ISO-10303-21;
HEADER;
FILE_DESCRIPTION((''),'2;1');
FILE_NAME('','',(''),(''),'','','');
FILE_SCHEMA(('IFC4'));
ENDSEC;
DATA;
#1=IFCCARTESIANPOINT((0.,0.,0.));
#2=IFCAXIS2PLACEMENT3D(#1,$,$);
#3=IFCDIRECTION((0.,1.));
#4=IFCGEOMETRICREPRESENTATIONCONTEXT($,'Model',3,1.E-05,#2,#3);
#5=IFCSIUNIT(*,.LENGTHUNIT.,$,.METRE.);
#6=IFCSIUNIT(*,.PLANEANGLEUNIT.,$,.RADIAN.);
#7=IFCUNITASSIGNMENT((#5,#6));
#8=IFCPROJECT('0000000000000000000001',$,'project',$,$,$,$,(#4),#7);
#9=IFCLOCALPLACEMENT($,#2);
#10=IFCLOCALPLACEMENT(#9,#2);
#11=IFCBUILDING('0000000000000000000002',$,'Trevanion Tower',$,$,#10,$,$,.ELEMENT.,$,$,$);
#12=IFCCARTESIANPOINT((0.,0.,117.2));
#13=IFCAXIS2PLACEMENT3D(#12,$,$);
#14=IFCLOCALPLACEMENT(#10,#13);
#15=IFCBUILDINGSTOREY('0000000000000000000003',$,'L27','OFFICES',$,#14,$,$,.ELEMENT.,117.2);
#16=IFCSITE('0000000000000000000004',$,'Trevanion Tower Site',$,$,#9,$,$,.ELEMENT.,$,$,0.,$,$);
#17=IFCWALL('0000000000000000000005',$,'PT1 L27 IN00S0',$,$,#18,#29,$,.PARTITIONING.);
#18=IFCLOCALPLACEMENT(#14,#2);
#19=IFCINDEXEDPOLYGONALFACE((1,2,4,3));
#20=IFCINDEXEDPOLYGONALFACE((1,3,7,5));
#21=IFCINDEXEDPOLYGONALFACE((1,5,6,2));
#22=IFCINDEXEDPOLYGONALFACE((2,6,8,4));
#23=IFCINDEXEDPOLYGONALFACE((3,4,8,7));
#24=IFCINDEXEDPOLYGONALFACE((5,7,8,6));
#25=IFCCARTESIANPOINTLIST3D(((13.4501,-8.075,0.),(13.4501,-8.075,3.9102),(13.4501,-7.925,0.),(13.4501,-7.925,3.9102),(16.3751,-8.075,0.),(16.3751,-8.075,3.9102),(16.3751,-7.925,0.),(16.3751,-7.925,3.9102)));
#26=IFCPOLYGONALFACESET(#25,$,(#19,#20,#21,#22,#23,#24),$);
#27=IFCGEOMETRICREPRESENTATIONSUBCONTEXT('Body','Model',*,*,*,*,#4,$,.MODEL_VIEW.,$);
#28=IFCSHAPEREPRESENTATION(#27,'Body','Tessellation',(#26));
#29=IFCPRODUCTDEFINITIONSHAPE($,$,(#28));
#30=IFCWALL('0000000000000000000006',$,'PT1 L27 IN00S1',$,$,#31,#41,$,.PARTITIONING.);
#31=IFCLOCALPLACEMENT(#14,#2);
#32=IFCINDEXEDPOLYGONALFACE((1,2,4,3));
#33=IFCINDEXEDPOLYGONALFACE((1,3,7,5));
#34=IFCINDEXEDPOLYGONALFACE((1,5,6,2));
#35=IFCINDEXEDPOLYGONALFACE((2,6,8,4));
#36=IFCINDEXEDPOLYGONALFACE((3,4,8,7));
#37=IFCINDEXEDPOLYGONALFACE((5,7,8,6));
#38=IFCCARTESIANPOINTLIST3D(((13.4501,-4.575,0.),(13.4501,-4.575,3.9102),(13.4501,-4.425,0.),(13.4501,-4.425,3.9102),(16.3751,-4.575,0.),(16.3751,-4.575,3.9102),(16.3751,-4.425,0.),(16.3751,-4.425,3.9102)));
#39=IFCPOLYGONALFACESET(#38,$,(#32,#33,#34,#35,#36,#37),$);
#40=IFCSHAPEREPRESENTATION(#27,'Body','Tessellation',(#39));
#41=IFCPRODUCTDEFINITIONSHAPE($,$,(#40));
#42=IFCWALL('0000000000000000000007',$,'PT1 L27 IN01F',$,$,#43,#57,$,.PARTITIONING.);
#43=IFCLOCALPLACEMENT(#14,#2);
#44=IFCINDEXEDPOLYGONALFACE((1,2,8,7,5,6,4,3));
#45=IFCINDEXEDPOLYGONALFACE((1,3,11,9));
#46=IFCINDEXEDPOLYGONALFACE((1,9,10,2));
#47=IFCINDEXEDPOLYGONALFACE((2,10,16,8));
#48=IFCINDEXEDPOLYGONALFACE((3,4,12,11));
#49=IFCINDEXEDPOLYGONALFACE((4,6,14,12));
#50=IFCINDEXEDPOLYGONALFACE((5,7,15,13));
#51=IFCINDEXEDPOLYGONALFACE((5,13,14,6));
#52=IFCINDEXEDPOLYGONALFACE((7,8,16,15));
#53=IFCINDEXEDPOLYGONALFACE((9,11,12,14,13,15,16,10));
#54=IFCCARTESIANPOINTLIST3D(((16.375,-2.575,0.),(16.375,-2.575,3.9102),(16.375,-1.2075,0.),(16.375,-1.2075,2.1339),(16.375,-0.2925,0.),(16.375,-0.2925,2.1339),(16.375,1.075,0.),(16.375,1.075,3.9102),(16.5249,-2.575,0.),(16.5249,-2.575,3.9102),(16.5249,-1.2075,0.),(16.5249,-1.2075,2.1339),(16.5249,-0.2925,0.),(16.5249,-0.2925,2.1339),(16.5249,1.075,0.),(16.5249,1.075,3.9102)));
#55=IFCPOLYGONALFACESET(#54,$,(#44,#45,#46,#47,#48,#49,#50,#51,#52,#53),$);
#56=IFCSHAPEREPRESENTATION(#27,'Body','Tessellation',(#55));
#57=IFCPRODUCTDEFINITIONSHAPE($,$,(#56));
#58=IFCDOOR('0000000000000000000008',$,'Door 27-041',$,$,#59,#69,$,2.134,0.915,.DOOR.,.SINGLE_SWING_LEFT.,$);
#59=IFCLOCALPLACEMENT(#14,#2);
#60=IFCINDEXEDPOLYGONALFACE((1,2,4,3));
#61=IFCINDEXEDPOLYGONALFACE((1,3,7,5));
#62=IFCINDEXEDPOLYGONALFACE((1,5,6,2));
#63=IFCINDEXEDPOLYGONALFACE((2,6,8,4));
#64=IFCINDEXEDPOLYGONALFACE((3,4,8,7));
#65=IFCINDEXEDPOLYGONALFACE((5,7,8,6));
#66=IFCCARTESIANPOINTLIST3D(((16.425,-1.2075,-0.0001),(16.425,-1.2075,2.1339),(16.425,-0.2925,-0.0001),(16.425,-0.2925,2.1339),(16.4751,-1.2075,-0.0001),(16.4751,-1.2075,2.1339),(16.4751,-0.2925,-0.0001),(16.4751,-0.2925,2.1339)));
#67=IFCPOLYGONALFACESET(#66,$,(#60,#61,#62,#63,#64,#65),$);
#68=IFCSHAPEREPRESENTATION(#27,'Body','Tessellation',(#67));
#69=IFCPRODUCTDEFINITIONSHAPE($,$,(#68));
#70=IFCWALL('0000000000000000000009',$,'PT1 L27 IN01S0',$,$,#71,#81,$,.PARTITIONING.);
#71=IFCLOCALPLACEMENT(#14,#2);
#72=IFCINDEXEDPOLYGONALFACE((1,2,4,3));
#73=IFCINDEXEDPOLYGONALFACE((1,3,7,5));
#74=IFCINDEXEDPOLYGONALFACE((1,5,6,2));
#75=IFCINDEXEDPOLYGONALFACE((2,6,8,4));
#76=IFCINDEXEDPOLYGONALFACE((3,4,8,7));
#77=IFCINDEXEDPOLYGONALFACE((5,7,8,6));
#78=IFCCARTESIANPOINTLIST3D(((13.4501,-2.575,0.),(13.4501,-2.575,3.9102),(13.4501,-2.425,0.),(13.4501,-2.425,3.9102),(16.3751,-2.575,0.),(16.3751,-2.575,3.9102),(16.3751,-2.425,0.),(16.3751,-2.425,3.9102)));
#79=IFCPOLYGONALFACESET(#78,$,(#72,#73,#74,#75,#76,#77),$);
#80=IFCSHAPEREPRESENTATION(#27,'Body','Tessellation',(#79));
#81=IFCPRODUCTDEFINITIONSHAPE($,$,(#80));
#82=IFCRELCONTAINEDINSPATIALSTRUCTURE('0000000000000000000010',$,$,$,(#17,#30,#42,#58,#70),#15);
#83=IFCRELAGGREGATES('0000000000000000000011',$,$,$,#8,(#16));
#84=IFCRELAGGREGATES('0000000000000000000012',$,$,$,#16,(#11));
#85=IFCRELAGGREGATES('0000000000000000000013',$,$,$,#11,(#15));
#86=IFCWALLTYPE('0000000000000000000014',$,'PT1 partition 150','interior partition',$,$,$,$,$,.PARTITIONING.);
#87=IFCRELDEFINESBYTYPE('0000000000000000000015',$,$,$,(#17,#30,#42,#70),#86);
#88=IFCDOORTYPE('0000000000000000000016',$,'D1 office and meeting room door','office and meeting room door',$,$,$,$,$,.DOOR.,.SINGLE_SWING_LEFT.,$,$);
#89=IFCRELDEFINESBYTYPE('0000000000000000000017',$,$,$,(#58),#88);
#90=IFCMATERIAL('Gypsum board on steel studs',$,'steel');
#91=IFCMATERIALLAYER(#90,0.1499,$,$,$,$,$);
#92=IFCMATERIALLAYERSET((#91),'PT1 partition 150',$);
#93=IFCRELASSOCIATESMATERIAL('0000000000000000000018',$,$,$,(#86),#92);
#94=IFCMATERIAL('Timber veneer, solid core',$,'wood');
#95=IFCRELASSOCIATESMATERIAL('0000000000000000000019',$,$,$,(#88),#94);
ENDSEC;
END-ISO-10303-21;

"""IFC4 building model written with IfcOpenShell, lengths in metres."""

from ifc_helpers import new_model, si_unit, direction, frame, frame_2d, origin, place, context, subcontext, project, spatial, rectangle, extrude, material, layer, layer_set, type_object, element, fill, save


model = new_model("IFC4")

# Units and contexts
model_context = context("Model", 3, precision=1e-05, world=origin(), true_north=direction((0.0, 1.0)))
body_context = subcontext(model_context, "Body", "Model", "MODEL_VIEW")
ifc_project = project(units=[si_unit("LENGTHUNIT", "METRE"), si_unit("PLANEANGLEUNIT", "RADIAN")], contexts=[model_context])

# Site, building, storey
site_placement = place(None, origin())
site = spatial("IfcSite", under=ifc_project, at=site_placement, Name="Trevanion Tower Site", CompositionType="ELEMENT", RefElevation=0.0)
building_placement = place(site_placement, origin())
building = spatial("IfcBuilding", under=site, at=building_placement, Name="Trevanion Tower", CompositionType="ELEMENT")
storey_placement = place(building_placement, frame((0.0, 0.0, 117.2)))
storey = spatial("IfcBuildingStorey", under=building, at=storey_placement, Name="L27", Description="OFFICES", CompositionType="ELEMENT", Elevation=117.2)

# Shared definitions
ifc_material_1 = material(Name="Gypsum board on steel studs", Category="steel")
ifc_layer_1 = layer(ifc_material_1, 0.1499)
ifc_layer_set_1 = layer_set([ifc_layer_1], Name="PT1 partition 150")
wall_type = type_object("IfcWallType", Name="PT1 partition 150", Description="interior partition", PredefinedType="PARTITIONING", material=ifc_layer_set_1)
ifc_material_2 = material(Name="Timber veneer, solid core", Category="wood")
door_type = type_object("IfcDoorType", Name="D1 office and meeting room door", Description="office and meeting room door", OperationType="SINGLE_SWING_LEFT", PredefinedType="DOOR", material=ifc_material_2)

# Walls
for number, where, z_axis, x_axis, name in (
    (1, (16.375, -8.0, 0.0), (0.0, 0.0, 1.0), (-1.0, 0.0, 0.0), "PT1 L27 IN00S0"),
    (2, (16.375, -4.5, 0.0), (0.0, 0.0, 1.0), (-1.0, 0.0, 0.0), "PT1 L27 IN00S1"),
):
    element("IfcWall", number, at=place(storey_placement, frame(where, z_axis=z_axis, x_axis=x_axis)), inside=storey, type_object=wall_type, Name=name, PredefinedType="PARTITIONING", context=body_context, shape_type="SweptSolid", body=[
        extrude(rectangle(XDim=2.925, YDim=0.1499, at=frame_2d((1.4624, 0.0))), origin(), (0.0, 0.0, 1.0), 3.9102),
    ])

# Wall, opening, door
wall_1_placement = place(storey_placement, frame((16.45, -2.575, 0.0), z_axis=(0.0, 0.0, 1.0), x_axis=(0.0, 1.0, 0.0)))
wall_1 = element("IfcWall", 3, at=wall_1_placement, inside=storey, type_object=wall_type, Name="PT1 L27 IN01F", PredefinedType="PARTITIONING", context=body_context, shape_type="SweptSolid", body=[
    extrude(rectangle(XDim=3.6499, YDim=0.1499, at=frame_2d((1.825, 0.0))), origin(), (0.0, 0.0, 1.0), 3.9102),
])
opening_1_placement = place(wall_1_placement, frame((1.3674, 0.0, 0.0)))
opening_1 = element("IfcOpeningElement", 4, at=opening_1_placement, cuts=wall_1, PredefinedType="OPENING", context=body_context, shape_type="SweptSolid", body=[
    extrude(rectangle(XDim=0.915, YDim=2.134, at=frame_2d((0.4575, 1.0669))), frame((0.0, 0.085, 0.0), z_axis=(0.0, -1.0, 0.0), x_axis=(1.0, 0.0, 0.0)), (0.0, 0.0, 1.0), 0.1699),
])
door_1_placement = place(opening_1_placement, origin())
door_1 = element("IfcDoor", 5, at=door_1_placement, inside=storey, type_object=door_type, Name="Door 27-041", OperationType="SINGLE_SWING_LEFT", OverallHeight=2.134, OverallWidth=0.915, PredefinedType="DOOR", context=body_context, shape_type="SweptSolid", body=[
    extrude(rectangle(XDim=0.915, YDim=2.134, at=frame_2d((0.4575, 1.0669))), frame((0.0, 0.0249, 0.0), z_axis=(0.0, -1.0, 0.0), x_axis=(1.0, 0.0, 0.0)), (0.0, 0.0, 1.0), 0.05),
])
fill(opening_1, door_1)

# Wall
wall_2_placement = place(storey_placement, frame((16.375, -2.5, 0.0), z_axis=(0.0, 0.0, 1.0), x_axis=(-1.0, 0.0, 0.0)))
element("IfcWall", 6, at=wall_2_placement, inside=storey, type_object=wall_type, Name="PT1 L27 IN01S0", PredefinedType="PARTITIONING", context=body_context, shape_type="SweptSolid", body=[
    extrude(rectangle(XDim=2.925, YDim=0.1499, at=frame_2d((1.4624, 0.0))), origin(), (0.0, 0.0, 1.0), 3.9102),
])

save(model, "model.ifc")
